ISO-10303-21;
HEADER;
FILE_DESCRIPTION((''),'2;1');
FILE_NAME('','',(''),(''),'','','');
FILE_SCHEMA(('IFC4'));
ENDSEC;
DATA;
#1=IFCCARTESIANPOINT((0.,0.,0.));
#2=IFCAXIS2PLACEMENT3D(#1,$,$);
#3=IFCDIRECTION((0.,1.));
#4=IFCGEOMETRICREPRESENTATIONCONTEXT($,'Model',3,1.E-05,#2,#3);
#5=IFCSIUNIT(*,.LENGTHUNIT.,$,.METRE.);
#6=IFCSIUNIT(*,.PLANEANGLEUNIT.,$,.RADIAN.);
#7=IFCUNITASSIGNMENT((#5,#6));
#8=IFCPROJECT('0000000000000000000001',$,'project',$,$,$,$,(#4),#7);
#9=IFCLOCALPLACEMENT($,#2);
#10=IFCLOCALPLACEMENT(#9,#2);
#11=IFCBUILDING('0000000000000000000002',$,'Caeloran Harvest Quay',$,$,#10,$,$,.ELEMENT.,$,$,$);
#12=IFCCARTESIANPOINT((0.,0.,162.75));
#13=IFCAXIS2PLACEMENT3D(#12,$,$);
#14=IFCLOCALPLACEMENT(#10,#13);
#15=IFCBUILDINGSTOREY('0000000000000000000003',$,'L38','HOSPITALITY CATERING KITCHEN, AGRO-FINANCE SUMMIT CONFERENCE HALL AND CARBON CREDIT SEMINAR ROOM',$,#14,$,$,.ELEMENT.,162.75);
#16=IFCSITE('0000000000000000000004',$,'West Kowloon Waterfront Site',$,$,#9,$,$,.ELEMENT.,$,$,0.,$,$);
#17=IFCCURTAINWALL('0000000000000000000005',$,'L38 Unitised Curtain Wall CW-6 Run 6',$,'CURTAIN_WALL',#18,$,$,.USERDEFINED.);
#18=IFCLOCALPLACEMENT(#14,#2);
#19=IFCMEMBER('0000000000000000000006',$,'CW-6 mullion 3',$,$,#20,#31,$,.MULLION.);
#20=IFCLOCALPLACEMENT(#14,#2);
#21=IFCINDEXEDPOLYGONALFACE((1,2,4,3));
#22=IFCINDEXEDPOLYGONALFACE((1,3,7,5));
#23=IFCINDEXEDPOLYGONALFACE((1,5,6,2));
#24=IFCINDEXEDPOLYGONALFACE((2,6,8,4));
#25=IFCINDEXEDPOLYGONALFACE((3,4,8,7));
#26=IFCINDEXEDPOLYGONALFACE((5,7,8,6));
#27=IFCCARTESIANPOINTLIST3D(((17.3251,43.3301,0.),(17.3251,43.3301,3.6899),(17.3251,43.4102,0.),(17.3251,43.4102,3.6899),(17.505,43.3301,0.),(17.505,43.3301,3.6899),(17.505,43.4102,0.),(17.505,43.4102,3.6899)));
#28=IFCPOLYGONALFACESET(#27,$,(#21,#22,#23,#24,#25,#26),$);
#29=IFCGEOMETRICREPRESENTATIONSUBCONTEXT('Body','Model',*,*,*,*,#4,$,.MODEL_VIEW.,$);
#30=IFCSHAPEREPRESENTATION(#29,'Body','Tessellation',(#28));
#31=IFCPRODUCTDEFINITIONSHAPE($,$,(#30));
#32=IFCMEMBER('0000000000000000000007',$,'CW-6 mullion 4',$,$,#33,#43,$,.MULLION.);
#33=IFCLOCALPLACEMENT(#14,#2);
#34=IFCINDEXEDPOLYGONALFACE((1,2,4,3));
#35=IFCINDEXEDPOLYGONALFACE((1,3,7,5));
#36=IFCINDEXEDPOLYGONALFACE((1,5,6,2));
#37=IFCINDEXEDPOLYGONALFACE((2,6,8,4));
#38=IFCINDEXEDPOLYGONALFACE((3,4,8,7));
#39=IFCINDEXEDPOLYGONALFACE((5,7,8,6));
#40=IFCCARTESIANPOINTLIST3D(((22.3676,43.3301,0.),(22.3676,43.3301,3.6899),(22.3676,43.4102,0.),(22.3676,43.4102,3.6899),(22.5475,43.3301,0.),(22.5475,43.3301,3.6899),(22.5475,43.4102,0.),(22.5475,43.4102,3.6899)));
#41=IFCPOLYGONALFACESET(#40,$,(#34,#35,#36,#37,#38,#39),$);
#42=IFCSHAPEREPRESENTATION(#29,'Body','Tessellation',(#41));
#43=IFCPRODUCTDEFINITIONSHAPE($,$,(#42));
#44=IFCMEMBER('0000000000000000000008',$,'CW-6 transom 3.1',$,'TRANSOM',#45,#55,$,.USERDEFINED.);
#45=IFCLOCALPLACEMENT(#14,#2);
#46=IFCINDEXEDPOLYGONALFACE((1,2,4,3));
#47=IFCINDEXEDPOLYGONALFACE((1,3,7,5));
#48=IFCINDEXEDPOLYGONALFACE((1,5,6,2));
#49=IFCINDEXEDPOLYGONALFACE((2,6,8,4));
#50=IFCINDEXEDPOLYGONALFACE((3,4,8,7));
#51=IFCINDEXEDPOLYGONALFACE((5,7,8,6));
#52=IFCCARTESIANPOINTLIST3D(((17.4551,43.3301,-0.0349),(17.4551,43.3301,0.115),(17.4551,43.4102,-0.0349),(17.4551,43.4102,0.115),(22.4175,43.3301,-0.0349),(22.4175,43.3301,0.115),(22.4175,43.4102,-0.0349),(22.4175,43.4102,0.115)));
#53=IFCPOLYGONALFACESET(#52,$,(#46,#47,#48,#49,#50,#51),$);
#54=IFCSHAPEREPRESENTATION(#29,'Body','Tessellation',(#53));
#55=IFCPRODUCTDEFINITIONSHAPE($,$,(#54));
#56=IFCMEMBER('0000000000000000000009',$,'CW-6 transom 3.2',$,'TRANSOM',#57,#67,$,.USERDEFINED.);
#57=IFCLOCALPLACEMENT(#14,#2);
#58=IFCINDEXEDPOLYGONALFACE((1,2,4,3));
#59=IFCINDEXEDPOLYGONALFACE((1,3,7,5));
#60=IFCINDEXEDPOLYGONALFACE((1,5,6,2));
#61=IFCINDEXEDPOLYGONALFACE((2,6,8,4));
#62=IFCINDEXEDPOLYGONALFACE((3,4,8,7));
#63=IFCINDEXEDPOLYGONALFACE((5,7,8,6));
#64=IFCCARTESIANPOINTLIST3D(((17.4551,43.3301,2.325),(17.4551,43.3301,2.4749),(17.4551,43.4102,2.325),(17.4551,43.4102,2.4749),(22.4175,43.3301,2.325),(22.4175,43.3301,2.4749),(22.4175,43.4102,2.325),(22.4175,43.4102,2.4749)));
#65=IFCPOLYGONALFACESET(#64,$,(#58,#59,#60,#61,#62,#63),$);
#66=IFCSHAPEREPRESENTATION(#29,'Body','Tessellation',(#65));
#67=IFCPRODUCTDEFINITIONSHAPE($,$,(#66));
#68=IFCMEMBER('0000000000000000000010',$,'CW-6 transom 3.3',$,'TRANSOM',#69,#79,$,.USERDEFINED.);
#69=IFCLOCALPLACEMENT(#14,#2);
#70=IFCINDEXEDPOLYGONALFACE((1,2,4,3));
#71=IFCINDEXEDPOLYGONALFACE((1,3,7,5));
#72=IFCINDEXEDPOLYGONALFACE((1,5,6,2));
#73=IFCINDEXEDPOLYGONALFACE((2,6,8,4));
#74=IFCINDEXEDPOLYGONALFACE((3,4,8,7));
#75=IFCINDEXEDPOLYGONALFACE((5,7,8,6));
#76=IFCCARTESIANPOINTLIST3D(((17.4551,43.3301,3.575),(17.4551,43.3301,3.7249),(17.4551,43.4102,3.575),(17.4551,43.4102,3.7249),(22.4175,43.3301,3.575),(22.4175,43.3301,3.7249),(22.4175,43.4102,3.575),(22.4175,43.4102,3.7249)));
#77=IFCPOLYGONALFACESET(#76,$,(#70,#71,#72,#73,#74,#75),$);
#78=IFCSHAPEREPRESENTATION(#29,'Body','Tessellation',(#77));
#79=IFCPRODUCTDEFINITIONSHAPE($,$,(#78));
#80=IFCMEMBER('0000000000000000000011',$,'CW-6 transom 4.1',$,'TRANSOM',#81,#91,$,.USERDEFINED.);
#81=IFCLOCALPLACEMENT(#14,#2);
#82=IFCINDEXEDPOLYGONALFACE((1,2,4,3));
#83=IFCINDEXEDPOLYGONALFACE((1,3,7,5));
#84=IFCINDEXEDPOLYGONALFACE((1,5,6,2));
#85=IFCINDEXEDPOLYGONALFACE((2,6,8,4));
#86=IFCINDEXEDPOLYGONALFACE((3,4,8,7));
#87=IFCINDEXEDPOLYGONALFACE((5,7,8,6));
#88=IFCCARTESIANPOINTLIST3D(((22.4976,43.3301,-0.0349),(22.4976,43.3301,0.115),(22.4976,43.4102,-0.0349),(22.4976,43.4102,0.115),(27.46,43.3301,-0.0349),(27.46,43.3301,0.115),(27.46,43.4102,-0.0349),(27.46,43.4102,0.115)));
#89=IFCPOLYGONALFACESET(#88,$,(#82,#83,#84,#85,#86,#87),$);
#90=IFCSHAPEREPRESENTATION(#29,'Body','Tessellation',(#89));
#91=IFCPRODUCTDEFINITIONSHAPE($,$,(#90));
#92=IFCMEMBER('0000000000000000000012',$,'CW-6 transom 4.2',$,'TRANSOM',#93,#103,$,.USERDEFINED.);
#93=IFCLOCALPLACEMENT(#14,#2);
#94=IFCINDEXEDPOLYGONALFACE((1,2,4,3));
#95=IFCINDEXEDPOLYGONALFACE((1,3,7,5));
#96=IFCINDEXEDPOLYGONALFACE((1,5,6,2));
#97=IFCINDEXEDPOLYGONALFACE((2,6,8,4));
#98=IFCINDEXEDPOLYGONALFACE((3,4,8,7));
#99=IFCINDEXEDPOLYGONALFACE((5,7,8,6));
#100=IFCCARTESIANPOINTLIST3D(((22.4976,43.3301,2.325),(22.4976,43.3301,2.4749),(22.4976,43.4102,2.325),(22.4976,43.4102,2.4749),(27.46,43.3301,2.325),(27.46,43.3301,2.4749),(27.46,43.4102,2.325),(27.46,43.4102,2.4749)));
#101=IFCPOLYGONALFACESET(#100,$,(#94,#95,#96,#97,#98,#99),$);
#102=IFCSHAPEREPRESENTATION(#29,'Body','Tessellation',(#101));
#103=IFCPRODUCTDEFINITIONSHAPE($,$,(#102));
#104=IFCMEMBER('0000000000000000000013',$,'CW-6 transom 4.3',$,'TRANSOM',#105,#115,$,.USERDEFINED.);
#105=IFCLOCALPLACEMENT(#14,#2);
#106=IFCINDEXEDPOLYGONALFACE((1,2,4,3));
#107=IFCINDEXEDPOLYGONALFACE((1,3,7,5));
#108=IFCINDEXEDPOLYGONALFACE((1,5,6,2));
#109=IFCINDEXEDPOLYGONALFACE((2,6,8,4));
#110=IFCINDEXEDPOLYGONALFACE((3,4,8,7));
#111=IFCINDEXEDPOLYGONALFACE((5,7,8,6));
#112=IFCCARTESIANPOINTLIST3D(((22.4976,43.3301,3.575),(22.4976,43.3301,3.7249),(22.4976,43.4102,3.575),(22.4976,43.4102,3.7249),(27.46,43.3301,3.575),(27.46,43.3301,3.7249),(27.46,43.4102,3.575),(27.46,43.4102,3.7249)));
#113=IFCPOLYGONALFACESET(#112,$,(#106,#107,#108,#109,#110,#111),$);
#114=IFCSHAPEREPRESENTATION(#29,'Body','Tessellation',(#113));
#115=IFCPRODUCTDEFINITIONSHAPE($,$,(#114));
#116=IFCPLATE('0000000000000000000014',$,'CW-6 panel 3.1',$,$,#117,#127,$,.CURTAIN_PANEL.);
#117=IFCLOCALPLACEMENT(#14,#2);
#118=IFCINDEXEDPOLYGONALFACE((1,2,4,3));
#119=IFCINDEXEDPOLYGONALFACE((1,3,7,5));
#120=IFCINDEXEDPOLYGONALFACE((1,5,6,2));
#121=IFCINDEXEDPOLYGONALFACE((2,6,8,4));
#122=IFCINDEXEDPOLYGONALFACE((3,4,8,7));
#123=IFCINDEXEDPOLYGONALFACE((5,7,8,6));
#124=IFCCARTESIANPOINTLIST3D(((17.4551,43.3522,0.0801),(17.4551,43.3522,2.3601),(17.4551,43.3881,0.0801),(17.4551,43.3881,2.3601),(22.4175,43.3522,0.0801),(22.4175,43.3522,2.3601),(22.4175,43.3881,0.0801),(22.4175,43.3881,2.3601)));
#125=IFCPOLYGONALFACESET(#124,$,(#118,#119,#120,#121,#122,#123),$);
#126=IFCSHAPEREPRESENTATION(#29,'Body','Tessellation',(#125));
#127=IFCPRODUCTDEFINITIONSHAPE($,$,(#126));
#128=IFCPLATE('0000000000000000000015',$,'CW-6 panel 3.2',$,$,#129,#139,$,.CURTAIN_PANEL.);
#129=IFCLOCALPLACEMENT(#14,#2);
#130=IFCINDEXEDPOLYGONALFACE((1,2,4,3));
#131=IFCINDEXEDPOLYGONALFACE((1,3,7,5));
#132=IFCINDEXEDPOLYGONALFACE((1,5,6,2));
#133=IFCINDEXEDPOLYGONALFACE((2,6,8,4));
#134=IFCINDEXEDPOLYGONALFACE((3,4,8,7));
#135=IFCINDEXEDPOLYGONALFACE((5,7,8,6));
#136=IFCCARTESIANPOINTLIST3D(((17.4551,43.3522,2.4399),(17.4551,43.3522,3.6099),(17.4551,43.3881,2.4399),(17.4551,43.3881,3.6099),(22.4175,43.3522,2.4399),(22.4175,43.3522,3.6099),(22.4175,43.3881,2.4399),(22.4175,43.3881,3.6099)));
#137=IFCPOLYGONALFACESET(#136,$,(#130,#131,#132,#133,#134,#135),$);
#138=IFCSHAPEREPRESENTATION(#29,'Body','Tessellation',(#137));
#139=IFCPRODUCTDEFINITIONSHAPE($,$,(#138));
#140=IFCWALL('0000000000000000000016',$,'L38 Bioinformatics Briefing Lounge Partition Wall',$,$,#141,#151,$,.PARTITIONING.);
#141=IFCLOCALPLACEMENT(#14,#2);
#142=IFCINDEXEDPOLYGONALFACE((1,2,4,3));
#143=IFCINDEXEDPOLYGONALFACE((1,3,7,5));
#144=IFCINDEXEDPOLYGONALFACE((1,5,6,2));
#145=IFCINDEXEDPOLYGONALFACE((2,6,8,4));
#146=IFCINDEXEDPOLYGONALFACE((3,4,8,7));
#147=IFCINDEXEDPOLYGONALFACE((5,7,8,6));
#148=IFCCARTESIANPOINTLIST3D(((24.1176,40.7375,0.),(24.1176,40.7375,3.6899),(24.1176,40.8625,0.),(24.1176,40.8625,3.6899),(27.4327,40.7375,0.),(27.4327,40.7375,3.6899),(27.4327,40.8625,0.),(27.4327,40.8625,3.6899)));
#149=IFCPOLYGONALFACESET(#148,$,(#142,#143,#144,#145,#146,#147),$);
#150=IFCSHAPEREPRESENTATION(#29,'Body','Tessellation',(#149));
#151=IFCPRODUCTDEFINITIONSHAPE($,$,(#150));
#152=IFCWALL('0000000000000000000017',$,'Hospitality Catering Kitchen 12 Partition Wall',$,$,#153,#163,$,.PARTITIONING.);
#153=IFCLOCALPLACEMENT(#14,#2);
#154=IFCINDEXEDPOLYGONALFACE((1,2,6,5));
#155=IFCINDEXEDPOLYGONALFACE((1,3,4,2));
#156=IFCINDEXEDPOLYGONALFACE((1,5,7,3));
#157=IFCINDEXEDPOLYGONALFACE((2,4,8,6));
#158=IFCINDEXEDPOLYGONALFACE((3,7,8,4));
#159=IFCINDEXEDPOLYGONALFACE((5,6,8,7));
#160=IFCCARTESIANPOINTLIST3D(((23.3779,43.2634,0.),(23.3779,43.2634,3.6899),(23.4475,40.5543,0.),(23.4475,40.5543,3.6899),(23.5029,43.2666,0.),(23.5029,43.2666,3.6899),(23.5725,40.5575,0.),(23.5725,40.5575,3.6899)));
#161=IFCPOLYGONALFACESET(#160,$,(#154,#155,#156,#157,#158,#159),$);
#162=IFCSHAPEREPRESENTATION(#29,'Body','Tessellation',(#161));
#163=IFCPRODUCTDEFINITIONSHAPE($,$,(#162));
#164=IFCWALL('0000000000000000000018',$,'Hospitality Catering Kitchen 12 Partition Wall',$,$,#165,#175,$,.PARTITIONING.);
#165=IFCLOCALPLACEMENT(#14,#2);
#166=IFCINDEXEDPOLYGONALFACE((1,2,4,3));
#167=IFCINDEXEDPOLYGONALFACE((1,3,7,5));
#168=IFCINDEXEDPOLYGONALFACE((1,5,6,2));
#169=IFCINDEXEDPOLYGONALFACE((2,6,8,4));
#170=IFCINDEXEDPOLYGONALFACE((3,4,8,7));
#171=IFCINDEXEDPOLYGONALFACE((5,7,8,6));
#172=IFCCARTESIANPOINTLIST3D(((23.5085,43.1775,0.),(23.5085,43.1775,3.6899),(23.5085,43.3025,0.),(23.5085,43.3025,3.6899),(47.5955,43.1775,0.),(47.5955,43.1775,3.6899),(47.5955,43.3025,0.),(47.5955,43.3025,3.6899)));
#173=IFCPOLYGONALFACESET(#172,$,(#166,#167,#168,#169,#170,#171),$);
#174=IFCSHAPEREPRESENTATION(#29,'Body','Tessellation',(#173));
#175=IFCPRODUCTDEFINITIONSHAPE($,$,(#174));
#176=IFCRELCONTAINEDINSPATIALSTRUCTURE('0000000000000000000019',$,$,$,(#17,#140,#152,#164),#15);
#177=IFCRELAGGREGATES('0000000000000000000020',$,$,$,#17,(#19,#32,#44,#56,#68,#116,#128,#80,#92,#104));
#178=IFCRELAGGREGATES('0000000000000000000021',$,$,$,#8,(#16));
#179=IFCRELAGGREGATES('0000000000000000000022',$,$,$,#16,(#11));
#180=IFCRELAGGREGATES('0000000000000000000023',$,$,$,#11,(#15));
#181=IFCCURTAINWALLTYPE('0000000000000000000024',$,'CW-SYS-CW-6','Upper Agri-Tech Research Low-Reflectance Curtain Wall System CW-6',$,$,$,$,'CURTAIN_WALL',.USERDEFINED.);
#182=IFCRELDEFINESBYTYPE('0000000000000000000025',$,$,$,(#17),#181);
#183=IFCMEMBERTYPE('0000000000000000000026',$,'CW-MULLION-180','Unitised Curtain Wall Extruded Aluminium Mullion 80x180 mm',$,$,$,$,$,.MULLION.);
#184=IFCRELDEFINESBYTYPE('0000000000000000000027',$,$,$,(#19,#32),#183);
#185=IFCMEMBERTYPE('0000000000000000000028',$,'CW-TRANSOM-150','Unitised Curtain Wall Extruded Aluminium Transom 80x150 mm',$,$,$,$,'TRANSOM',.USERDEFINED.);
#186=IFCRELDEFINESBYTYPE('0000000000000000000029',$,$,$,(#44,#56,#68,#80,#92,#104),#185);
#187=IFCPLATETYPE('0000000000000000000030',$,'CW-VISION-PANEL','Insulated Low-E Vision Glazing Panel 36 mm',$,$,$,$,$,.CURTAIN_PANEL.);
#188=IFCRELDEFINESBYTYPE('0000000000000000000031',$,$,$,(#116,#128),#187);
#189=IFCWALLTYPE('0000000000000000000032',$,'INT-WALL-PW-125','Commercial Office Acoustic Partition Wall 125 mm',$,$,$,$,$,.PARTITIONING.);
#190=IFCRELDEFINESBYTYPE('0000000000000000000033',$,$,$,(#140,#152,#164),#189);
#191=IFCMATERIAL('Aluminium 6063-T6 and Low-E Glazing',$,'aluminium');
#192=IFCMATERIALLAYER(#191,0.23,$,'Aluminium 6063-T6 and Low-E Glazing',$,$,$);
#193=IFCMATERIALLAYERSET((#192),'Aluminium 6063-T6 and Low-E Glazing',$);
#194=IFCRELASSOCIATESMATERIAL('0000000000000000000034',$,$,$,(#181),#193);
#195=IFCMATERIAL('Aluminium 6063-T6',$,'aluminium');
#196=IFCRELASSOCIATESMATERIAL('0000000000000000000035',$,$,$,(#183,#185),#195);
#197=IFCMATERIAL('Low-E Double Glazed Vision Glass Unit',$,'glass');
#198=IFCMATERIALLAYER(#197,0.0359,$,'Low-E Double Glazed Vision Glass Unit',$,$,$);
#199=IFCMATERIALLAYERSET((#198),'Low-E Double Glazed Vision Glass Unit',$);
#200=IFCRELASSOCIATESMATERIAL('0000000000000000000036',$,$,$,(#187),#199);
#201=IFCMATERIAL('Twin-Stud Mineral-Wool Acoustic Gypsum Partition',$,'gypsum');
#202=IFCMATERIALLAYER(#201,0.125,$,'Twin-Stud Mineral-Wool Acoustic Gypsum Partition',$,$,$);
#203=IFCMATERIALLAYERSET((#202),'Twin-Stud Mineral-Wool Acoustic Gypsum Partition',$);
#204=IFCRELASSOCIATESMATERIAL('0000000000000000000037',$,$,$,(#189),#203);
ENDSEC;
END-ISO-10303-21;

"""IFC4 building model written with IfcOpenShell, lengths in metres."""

from ifc_helpers import new_model, si_unit, direction, frame, frame_2d, origin, origin_2d, place, context, subcontext, project, spatial, rectangle, extrude, material, layer, layer_set, material_profile, profile_set, type_object, element, aggregate, save


model = new_model("IFC4")

# Units and contexts
model_context = context("Model", 3, precision=1e-05, world=origin(), true_north=direction((0.0, 1.0)))
body_context = subcontext(model_context, "Body", "Model", "MODEL_VIEW")
ifc_project = project(units=[si_unit("LENGTHUNIT", "METRE"), si_unit("PLANEANGLEUNIT", "RADIAN")], contexts=[model_context])

# Site, building, storey
site_placement = place(None, origin())
site = spatial("IfcSite", under=ifc_project, at=site_placement, Name="West Kowloon Waterfront Site", CompositionType="ELEMENT", RefElevation=0.0)
building_placement = place(site_placement, origin())
building = spatial("IfcBuilding", under=site, at=building_placement, Name="Caeloran Harvest Quay", CompositionType="ELEMENT")
storey_placement = place(building_placement, frame((0.0, 0.0, 162.75)))
storey = spatial("IfcBuildingStorey", under=building, at=storey_placement, Name="L38", Description="HOSPITALITY CATERING KITCHEN, AGRO-FINANCE SUMMIT CONFERENCE HALL AND CARBON CREDIT SEMINAR ROOM", CompositionType="ELEMENT", Elevation=162.75)

# Curtain wall, members, plates
ifc_material_1 = material(Name="Aluminium 6063-T6 and Low-E Glazing", Category="aluminium")
ifc_layer_1 = layer(ifc_material_1, 0.23, Name="Aluminium 6063-T6 and Low-E Glazing")
ifc_layer_set_1 = layer_set([ifc_layer_1], Name="Aluminium 6063-T6 and Low-E Glazing")
curtain_wall_type = type_object("IfcCurtainWallType", Name="CW-SYS-CW-6", Description="Upper Agri-Tech Research Low-Reflectance Curtain Wall System CW-6", ElementType="CURTAIN_WALL", PredefinedType="USERDEFINED", material=ifc_layer_set_1)
curtain_wall_placement = place(storey_placement, origin())
curtain_wall = element("IfcCurtainWall", 1, at=curtain_wall_placement, inside=storey, type_object=curtain_wall_type, Name="L38 Unitised Curtain Wall CW-6 Run 6", ObjectType="CURTAIN_WALL", PredefinedType="USERDEFINED")
ifc_material_2 = material(Name="Aluminium 6063-T6", Category="aluminium")
ifc_material_profile_1 = material_profile(ifc_material_2, rectangle(XDim=0.0801, YDim=0.1799, at=origin_2d()), Name="CW-MULLION-180")
ifc_profile_set_1 = profile_set([ifc_material_profile_1], Name="Aluminium 6063-T6")
member_type_1 = type_object("IfcMemberType", Name="CW-MULLION-180", Description="Unitised Curtain Wall Extruded Aluminium Mullion 80x180 mm", PredefinedType="MULLION", material=ifc_profile_set_1)
member_1_placement = place(storey_placement, frame((17.415, 43.3701, 0.0), z_axis=(0.0, 0.0, 1.0), x_axis=(0.0, 1.0, 0.0)))
member_1 = element("IfcMember", 2, at=member_1_placement, type_object=member_type_1, Name="CW-6 mullion 3", PredefinedType="MULLION", context=body_context, shape_type="SweptSolid", body=[
    extrude(rectangle(XDim=0.0801, YDim=0.1799, at=origin_2d()), origin(), (0.0, 0.0, 1.0), 3.6899),
])
member_2_placement = place(storey_placement, frame((22.4575, 43.3701, 0.0), z_axis=(0.0, 0.0, 1.0), x_axis=(0.0, 1.0, 0.0)))
member_2 = element("IfcMember", 3, at=member_2_placement, type_object=member_type_1, Name="CW-6 mullion 4", PredefinedType="MULLION", context=body_context, shape_type="SweptSolid", body=[
    extrude(rectangle(XDim=0.0801, YDim=0.1799, at=origin_2d()), origin(), (0.0, 0.0, 1.0), 3.6899),
])
ifc_material_profile_2 = material_profile(ifc_material_2, rectangle(XDim=0.0801, YDim=0.1499, at=origin_2d()), Name="CW-TRANSOM-150")
ifc_profile_set_2 = profile_set([ifc_material_profile_2], Name="Aluminium 6063-T6")
member_type_2 = type_object("IfcMemberType", Name="CW-TRANSOM-150", Description="Unitised Curtain Wall Extruded Aluminium Transom 80x150 mm", ElementType="TRANSOM", PredefinedType="USERDEFINED", material=ifc_profile_set_2)
member_3_placement = place(storey_placement, frame((17.4551, 43.3701, 0.04), z_axis=(1.0, 0.0, 0.0), x_axis=(0.0, 1.0, 0.0)))
member_3 = element("IfcMember", 4, at=member_3_placement, type_object=member_type_2, Name="CW-6 transom 3.1", ObjectType="TRANSOM", PredefinedType="USERDEFINED", context=body_context, shape_type="SweptSolid", body=[
    extrude(rectangle(XDim=0.0801, YDim=0.1499, at=origin_2d()), origin(), (0.0, 0.0, 1.0), 4.9624),
])
member_4_placement = place(storey_placement, frame((17.4551, 43.3701, 2.3999), z_axis=(1.0, 0.0, 0.0), x_axis=(0.0, 1.0, 0.0)))
member_4 = element("IfcMember", 5, at=member_4_placement, type_object=member_type_2, Name="CW-6 transom 3.2", ObjectType="TRANSOM", PredefinedType="USERDEFINED", context=body_context, shape_type="SweptSolid", body=[
    extrude(rectangle(XDim=0.0801, YDim=0.1499, at=origin_2d()), origin(), (0.0, 0.0, 1.0), 4.9624),
])
member_5_placement = place(storey_placement, frame((17.4551, 43.3701, 3.6499), z_axis=(1.0, 0.0, 0.0), x_axis=(0.0, 1.0, 0.0)))
member_5 = element("IfcMember", 6, at=member_5_placement, type_object=member_type_2, Name="CW-6 transom 3.3", ObjectType="TRANSOM", PredefinedType="USERDEFINED", context=body_context, shape_type="SweptSolid", body=[
    extrude(rectangle(XDim=0.0801, YDim=0.1499, at=origin_2d()), origin(), (0.0, 0.0, 1.0), 4.9624),
])
member_6_placement = place(storey_placement, frame((22.4976, 43.3701, 0.04), z_axis=(1.0, 0.0, 0.0), x_axis=(0.0, 1.0, 0.0)))
member_6 = element("IfcMember", 7, at=member_6_placement, type_object=member_type_2, Name="CW-6 transom 4.1", ObjectType="TRANSOM", PredefinedType="USERDEFINED", context=body_context, shape_type="SweptSolid", body=[
    extrude(rectangle(XDim=0.0801, YDim=0.1499, at=origin_2d()), origin(), (0.0, 0.0, 1.0), 4.9624),
])
member_7_placement = place(storey_placement, frame((22.4976, 43.3701, 2.3999), z_axis=(1.0, 0.0, 0.0), x_axis=(0.0, 1.0, 0.0)))
member_7 = element("IfcMember", 8, at=member_7_placement, type_object=member_type_2, Name="CW-6 transom 4.2", ObjectType="TRANSOM", PredefinedType="USERDEFINED", context=body_context, shape_type="SweptSolid", body=[
    extrude(rectangle(XDim=0.0801, YDim=0.1499, at=origin_2d()), origin(), (0.0, 0.0, 1.0), 4.9624),
])
member_8_placement = place(storey_placement, frame((22.4976, 43.3701, 3.6499), z_axis=(1.0, 0.0, 0.0), x_axis=(0.0, 1.0, 0.0)))
member_8 = element("IfcMember", 9, at=member_8_placement, type_object=member_type_2, Name="CW-6 transom 4.3", ObjectType="TRANSOM", PredefinedType="USERDEFINED", context=body_context, shape_type="SweptSolid", body=[
    extrude(rectangle(XDim=0.0801, YDim=0.1499, at=origin_2d()), origin(), (0.0, 0.0, 1.0), 4.9624),
])
ifc_material_3 = material(Name="Low-E Double Glazed Vision Glass Unit", Category="glass")
ifc_layer_2 = layer(ifc_material_3, 0.0359, Name="Low-E Double Glazed Vision Glass Unit")
ifc_layer_set_2 = layer_set([ifc_layer_2], Name="Low-E Double Glazed Vision Glass Unit")
plate_type = type_object("IfcPlateType", Name="CW-VISION-PANEL", Description="Insulated Low-E Vision Glazing Panel 36 mm", PredefinedType="CURTAIN_PANEL", material=ifc_layer_set_2)
plate_1_placement = place(storey_placement, frame((19.9363, 43.3701, 0.0801), z_axis=(0.0, 0.0, 1.0), x_axis=(1.0, 0.0, 0.0)))
plate_1 = element("IfcPlate", 10, at=plate_1_placement, type_object=plate_type, Name="CW-6 panel 3.1", PredefinedType="CURTAIN_PANEL", context=body_context, shape_type="SweptSolid", body=[
    extrude(rectangle(XDim=4.9624, YDim=0.0359, at=origin_2d()), origin(), (0.0, 0.0, 1.0), 2.28),
])
plate_2_placement = place(storey_placement, frame((19.9363, 43.3701, 2.4399), z_axis=(0.0, 0.0, 1.0), x_axis=(1.0, 0.0, 0.0)))
plate_2 = element("IfcPlate", 11, at=plate_2_placement, type_object=plate_type, Name="CW-6 panel 3.2", PredefinedType="CURTAIN_PANEL", context=body_context, shape_type="SweptSolid", body=[
    extrude(rectangle(XDim=4.9624, YDim=0.0359, at=origin_2d()), origin(), (0.0, 0.0, 1.0), 1.1699),
])
aggregate(curtain_wall, [member_1, member_2, member_3, member_4, member_5, plate_1, plate_2, member_6, member_7, member_8])

# Walls
ifc_material_4 = material(Name="Twin-Stud Mineral-Wool Acoustic Gypsum Partition", Category="gypsum")
ifc_layer_3 = layer(ifc_material_4, 0.125, Name="Twin-Stud Mineral-Wool Acoustic Gypsum Partition")
ifc_layer_set_3 = layer_set([ifc_layer_3], Name="Twin-Stud Mineral-Wool Acoustic Gypsum Partition")
wall_type = type_object("IfcWallType", Name="INT-WALL-PW-125", Description="Commercial Office Acoustic Partition Wall 125 mm", PredefinedType="PARTITIONING", material=ifc_layer_set_3)
wall_1_placement = place(storey_placement, frame((24.1174, 40.8, 0.0), z_axis=(0.0, 0.0, 1.0), x_axis=(1.0, 0.0, 0.0)))
element("IfcWall", 12, at=wall_1_placement, inside=storey, type_object=wall_type, Name="L38 Bioinformatics Briefing Lounge Partition Wall", PredefinedType="PARTITIONING", context=body_context, shape_type="SweptSolid", body=[
    extrude(rectangle(XDim=3.3152, YDim=0.125, at=frame_2d((1.6577, 0.0))), origin(), (0.0, 0.0, 1.0), 3.6899),
])
wall_2_placement = place(storey_placement, frame((23.51, 40.5559, 0.0), z_axis=(0.0, 0.0, 1.0), x_axis=(-0.025676, 0.99967, 0.0)))
element("IfcWall", 13, at=wall_2_placement, inside=storey, type_object=wall_type, Name="Hospitality Catering Kitchen 12 Partition Wall", PredefinedType="PARTITIONING", context=body_context, shape_type="SweptSolid", body=[
    extrude(rectangle(XDim=2.71, YDim=0.125, at=frame_2d((1.355, 0.0))), origin(), (0.0, 0.0, 1.0), 3.6899),
])
wall_3_placement = place(storey_placement, frame((23.5085, 43.24, 0.0), z_axis=(0.0, 0.0, 1.0), x_axis=(1.0, 0.0, 0.0)))
element("IfcWall", 14, at=wall_3_placement, inside=storey, type_object=wall_type, Name="Hospitality Catering Kitchen 12 Partition Wall", PredefinedType="PARTITIONING", context=body_context, shape_type="SweptSolid", body=[
    extrude(rectangle(XDim=24.0869, YDim=0.125, at=frame_2d((12.0435, 0.0))), origin(), (0.0, 0.0, 1.0), 3.6899),
])

save(model, "model.ifc")
